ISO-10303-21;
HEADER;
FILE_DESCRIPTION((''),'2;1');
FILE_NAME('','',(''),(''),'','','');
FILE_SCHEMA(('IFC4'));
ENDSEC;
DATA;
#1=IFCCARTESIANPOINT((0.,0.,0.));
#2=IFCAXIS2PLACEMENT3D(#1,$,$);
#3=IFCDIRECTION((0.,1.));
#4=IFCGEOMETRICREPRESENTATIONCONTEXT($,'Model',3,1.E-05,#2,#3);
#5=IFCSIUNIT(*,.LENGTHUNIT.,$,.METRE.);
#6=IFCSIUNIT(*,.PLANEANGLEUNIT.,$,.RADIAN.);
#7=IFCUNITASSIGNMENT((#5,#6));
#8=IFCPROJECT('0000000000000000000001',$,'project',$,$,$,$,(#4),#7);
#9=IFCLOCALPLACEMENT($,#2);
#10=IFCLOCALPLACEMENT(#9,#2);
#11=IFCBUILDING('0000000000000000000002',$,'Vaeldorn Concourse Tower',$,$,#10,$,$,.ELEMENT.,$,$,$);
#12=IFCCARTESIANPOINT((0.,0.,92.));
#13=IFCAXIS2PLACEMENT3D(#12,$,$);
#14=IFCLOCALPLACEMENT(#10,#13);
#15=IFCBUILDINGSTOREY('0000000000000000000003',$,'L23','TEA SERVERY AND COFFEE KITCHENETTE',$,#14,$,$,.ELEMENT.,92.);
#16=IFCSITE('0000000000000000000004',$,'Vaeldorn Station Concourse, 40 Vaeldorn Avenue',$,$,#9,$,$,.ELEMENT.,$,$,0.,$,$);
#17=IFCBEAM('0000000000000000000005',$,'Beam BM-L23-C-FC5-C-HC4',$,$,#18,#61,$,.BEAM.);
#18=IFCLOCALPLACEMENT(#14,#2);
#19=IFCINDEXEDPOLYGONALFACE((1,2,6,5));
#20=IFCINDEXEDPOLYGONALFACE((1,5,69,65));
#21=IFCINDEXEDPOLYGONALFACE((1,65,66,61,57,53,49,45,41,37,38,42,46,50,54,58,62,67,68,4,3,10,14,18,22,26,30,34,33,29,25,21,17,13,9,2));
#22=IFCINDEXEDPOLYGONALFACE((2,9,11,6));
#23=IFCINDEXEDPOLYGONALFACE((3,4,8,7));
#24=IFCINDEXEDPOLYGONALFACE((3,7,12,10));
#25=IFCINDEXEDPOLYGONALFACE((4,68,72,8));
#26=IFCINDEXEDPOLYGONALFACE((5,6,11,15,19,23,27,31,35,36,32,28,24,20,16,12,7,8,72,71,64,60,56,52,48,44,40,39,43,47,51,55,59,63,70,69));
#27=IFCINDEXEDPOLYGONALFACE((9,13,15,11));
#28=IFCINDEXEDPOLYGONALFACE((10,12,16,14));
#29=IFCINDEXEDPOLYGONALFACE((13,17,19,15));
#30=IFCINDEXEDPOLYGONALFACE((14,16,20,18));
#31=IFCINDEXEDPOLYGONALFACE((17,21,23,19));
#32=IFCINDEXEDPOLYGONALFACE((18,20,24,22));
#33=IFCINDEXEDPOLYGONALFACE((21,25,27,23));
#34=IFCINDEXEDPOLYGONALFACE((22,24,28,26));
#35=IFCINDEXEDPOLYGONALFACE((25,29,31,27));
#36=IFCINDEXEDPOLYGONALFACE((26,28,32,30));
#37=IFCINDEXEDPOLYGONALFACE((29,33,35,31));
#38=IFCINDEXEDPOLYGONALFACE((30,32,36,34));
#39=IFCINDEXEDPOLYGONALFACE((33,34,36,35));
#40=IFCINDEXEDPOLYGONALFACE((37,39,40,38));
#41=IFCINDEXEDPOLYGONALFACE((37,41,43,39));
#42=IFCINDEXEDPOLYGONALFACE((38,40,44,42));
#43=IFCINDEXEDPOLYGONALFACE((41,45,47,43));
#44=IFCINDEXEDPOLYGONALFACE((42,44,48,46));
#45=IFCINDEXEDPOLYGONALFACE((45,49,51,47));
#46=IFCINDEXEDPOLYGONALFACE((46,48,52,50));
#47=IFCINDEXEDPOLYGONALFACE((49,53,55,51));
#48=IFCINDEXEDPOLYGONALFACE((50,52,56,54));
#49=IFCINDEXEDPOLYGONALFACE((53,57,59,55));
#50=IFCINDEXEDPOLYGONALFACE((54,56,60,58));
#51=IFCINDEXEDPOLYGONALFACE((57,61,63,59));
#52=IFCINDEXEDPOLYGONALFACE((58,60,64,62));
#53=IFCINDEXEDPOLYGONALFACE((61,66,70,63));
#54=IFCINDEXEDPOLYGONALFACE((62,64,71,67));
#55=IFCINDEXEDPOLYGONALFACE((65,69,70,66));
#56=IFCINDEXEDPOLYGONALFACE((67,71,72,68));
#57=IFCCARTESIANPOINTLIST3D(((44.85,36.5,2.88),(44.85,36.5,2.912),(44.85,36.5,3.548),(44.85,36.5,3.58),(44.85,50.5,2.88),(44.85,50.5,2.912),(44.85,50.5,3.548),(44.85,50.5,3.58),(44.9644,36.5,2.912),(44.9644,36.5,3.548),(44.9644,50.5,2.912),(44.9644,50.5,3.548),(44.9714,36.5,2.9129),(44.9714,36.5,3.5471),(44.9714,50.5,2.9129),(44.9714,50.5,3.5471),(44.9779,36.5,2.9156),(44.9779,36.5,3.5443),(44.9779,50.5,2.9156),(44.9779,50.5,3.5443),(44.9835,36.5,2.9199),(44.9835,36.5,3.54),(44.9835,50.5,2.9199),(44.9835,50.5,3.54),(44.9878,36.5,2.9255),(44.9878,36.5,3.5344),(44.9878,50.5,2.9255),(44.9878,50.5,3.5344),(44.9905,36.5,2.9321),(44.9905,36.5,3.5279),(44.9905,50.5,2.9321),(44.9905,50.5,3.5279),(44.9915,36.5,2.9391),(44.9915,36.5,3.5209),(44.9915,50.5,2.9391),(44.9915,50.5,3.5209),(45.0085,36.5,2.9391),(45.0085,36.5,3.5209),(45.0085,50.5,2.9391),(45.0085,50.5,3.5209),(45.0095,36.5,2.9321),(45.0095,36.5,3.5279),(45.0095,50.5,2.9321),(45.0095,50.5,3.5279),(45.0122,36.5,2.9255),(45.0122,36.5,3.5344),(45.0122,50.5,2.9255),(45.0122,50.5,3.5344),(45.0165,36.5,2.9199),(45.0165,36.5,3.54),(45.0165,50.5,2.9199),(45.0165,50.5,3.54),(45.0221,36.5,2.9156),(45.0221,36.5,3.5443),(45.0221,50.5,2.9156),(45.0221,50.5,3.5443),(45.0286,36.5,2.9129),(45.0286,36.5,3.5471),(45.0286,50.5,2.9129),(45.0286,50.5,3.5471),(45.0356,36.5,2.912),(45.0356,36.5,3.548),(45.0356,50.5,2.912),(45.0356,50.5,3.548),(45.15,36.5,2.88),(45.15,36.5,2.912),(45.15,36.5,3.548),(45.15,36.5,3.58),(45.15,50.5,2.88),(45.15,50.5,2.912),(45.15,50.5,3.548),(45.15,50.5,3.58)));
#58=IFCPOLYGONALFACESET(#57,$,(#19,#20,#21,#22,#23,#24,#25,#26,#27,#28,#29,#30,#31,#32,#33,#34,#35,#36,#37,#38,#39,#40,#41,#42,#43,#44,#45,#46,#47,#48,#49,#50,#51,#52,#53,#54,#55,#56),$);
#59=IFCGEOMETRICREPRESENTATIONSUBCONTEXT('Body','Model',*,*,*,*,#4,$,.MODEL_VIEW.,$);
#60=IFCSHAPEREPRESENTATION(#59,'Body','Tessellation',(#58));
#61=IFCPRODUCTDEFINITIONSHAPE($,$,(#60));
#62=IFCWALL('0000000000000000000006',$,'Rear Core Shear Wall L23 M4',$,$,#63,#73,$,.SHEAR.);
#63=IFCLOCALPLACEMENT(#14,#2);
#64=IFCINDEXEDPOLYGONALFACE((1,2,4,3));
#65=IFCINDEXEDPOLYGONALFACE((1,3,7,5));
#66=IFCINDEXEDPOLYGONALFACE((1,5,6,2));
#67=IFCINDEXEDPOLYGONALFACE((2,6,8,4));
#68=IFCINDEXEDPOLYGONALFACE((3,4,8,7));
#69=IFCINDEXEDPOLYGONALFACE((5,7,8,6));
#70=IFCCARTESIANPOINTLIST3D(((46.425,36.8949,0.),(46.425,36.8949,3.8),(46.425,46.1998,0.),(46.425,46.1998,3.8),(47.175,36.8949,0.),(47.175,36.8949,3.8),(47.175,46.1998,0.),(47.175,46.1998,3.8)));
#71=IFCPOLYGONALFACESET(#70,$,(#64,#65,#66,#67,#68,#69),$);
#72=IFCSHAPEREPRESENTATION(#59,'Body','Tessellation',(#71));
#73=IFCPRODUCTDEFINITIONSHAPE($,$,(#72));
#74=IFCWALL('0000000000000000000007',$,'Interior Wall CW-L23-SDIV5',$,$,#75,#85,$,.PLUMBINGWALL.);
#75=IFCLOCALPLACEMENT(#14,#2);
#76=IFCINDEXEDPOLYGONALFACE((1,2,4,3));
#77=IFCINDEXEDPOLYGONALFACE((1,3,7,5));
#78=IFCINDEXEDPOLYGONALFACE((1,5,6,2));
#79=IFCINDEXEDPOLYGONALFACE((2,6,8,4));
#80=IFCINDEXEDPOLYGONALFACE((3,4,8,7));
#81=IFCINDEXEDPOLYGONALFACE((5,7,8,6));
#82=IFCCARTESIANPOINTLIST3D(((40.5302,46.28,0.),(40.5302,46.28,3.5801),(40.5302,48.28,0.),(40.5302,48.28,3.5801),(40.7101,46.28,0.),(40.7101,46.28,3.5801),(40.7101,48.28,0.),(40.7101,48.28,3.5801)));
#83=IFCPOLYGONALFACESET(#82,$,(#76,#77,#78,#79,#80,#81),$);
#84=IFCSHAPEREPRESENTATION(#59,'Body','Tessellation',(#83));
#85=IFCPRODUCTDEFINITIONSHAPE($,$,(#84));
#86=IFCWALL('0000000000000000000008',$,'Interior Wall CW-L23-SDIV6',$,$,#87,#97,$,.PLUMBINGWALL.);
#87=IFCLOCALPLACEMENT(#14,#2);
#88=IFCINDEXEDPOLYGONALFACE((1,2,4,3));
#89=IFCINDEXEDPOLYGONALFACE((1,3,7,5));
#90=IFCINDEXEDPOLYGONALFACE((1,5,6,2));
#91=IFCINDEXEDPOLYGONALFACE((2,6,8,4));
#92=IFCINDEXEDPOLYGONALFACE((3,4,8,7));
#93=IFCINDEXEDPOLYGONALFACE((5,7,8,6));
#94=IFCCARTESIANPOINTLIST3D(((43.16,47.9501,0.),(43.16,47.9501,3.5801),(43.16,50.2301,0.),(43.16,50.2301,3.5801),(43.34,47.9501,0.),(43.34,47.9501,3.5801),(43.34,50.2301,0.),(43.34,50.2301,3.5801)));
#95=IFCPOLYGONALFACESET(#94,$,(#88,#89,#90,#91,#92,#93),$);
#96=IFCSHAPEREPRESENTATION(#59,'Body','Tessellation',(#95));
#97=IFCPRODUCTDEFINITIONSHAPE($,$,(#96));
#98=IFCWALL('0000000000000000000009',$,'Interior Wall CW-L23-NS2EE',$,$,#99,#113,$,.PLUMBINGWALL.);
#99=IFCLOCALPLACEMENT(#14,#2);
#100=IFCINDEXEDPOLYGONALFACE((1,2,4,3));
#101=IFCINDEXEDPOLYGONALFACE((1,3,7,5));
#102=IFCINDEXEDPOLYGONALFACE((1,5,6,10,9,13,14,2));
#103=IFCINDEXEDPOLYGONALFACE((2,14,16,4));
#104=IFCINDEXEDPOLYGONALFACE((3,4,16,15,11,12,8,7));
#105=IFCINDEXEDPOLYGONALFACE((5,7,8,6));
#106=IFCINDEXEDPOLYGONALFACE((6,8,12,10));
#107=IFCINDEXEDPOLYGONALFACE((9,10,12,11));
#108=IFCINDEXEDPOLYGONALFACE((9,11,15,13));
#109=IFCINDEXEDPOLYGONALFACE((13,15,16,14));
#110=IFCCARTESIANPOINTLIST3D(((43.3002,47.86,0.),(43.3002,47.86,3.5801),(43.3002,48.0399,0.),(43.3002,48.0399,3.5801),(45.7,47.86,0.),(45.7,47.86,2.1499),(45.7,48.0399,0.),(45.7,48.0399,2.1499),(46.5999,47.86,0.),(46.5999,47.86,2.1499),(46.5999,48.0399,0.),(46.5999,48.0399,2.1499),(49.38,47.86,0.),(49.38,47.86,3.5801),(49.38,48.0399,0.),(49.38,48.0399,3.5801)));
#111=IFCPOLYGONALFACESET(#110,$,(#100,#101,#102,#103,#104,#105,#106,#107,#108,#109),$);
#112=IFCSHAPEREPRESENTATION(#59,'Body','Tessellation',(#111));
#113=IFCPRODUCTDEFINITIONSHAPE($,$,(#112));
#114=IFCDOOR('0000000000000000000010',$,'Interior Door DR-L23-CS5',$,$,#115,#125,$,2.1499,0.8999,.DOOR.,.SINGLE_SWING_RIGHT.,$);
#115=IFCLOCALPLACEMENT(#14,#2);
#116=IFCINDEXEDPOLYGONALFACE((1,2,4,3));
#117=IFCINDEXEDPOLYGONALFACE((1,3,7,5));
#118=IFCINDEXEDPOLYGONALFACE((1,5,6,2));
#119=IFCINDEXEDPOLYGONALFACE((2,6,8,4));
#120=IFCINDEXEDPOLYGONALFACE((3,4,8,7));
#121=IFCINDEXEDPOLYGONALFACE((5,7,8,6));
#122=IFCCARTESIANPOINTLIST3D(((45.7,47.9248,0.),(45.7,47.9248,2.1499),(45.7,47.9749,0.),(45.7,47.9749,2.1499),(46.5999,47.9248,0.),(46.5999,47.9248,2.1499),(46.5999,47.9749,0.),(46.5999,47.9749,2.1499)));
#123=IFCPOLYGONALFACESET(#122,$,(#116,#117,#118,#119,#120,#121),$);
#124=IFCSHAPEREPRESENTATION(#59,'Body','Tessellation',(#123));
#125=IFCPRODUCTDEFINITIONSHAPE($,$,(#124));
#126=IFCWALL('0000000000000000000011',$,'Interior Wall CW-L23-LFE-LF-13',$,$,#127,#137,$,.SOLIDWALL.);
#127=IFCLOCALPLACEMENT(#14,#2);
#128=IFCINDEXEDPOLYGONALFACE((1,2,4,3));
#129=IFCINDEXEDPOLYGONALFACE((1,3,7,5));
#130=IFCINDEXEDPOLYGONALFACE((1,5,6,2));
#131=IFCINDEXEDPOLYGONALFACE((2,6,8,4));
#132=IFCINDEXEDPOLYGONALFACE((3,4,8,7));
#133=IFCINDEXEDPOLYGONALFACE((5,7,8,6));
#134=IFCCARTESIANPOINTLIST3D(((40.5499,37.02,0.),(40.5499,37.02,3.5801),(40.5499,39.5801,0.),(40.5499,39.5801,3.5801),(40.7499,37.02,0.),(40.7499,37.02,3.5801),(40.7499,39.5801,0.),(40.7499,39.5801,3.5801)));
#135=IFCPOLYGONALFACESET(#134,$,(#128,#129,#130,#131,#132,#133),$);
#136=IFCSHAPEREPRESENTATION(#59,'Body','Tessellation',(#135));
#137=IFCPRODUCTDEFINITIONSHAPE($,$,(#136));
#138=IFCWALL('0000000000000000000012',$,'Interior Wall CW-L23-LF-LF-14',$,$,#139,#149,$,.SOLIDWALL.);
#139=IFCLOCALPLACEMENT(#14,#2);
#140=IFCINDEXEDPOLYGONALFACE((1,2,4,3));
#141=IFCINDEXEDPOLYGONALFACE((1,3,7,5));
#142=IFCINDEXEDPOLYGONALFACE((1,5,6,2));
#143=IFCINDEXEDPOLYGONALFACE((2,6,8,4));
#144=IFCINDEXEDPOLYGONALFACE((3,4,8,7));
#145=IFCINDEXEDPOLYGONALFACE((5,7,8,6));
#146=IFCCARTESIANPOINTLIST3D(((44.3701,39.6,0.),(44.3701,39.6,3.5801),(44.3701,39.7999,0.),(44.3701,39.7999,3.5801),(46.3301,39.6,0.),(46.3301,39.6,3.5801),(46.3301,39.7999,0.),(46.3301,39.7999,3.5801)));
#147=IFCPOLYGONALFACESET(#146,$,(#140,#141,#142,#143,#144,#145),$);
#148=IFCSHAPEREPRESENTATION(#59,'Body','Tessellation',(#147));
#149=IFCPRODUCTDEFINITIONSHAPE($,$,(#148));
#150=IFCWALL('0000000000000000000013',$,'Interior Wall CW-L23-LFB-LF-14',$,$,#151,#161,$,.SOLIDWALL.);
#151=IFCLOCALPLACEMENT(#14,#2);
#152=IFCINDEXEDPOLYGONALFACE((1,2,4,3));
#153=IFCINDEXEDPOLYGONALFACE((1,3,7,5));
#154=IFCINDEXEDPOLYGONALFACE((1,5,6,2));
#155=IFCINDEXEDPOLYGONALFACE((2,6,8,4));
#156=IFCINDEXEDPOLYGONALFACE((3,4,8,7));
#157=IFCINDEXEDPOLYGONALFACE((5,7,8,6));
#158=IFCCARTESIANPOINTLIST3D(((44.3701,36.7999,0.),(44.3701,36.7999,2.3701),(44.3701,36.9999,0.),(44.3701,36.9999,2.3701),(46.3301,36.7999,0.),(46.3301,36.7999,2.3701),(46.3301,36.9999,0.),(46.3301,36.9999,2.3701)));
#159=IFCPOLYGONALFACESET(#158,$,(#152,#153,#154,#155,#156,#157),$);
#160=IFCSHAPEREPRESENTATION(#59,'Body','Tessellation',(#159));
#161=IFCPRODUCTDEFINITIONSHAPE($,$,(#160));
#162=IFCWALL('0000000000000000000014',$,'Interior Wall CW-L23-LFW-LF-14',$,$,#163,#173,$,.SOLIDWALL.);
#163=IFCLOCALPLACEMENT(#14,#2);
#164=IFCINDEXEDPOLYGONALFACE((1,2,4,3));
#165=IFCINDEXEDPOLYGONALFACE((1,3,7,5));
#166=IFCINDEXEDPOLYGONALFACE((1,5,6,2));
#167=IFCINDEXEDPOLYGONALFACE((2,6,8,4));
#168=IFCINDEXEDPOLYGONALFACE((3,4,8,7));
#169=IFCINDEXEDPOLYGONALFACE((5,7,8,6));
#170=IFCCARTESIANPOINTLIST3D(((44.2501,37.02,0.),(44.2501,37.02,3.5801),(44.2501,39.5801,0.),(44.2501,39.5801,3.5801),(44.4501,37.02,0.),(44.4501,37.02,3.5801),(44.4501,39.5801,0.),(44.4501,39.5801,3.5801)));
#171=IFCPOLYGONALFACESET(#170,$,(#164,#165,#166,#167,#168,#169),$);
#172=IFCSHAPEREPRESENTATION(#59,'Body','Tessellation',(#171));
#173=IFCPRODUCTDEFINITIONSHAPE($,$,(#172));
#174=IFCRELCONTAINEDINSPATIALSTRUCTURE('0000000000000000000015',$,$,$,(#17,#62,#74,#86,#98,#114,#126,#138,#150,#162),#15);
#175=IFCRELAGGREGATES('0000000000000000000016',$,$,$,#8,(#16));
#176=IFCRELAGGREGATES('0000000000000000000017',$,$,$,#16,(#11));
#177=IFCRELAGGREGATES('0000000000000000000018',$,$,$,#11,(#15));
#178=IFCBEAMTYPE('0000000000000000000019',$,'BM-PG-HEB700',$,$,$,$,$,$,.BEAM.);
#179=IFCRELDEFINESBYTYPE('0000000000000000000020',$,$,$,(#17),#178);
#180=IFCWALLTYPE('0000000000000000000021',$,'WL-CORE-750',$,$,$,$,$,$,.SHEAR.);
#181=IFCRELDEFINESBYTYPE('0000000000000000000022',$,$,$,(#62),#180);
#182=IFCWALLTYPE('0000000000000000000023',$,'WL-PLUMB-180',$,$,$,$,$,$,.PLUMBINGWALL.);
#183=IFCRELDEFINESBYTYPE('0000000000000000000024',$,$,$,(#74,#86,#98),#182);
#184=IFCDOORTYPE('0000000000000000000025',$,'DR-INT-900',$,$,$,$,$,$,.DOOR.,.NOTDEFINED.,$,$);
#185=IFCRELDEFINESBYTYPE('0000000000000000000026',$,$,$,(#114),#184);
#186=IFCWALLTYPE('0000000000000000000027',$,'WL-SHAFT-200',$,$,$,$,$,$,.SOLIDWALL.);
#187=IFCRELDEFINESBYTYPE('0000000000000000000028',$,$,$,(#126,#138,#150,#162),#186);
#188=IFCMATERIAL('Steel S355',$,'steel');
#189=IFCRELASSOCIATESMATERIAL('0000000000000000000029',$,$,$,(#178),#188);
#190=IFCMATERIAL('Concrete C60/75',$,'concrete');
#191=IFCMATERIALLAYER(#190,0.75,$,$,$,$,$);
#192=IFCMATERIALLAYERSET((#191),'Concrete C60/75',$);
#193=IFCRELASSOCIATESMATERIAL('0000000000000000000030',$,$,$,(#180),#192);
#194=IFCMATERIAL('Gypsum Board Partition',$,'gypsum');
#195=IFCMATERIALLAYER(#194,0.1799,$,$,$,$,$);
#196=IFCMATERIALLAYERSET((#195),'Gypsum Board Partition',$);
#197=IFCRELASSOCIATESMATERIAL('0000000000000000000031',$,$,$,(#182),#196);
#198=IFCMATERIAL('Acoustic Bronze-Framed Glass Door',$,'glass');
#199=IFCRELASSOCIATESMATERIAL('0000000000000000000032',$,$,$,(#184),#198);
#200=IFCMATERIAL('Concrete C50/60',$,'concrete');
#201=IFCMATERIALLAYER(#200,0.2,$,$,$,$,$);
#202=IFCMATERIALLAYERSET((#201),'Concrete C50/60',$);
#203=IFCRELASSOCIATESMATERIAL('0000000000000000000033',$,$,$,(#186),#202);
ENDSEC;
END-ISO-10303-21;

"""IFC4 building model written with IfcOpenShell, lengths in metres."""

from ifc_helpers import new_model, si_unit, direction, frame, frame_2d, origin, origin_2d, place, context, subcontext, project, spatial, rectangle, i_section, extrude, source, transform, mapped, material, layer, layer_set, material_profile, profile_set, type_object, element, fill, save


model = new_model("IFC4")

# Units and contexts
model_context = context("Model", 3, precision=1e-05, world=origin(), true_north=direction((0.0, 1.0)))
body_context = subcontext(model_context, "Body", "Model", "MODEL_VIEW")
ifc_project = project(units=[si_unit("LENGTHUNIT", "METRE"), si_unit("PLANEANGLEUNIT", "RADIAN")], contexts=[model_context])

# Site, building, storey
site_placement = place(None, origin())
site = spatial("IfcSite", under=ifc_project, at=site_placement, Name="Vaeldorn Station Concourse, 40 Vaeldorn Avenue", CompositionType="ELEMENT", RefElevation=0.0)
building_placement = place(site_placement, origin())
building = spatial("IfcBuilding", under=site, at=building_placement, Name="Vaeldorn Concourse Tower", CompositionType="ELEMENT")
storey_placement = place(building_placement, frame((0.0, 0.0, 92.0)))
storey = spatial("IfcBuildingStorey", under=building, at=storey_placement, Name="L23", Description="TEA SERVERY AND COFFEE KITCHENETTE", CompositionType="ELEMENT", Elevation=92.0)

# Beam
ifc_material_1 = material(Name="Concrete C60/75", Category="concrete")
ifc_material_2 = material(Name="Steel S355", Category="steel")
ifc_material_profile_1 = material_profile(ifc_material_2, i_section(OverallWidth=0.3, OverallDepth=0.7, WebThickness=0.0171, FlangeThickness=0.032, FilletRadius=0.0271, at=origin_2d()), Name="HEB 700")
ifc_profile_set_1 = profile_set([ifc_material_profile_1], Name="Steel S355")
beam_type_1 = type_object("IfcBeamType", Name="BM-PG-HEB700", PredefinedType="BEAM", material=ifc_profile_set_1)
shared_shape_1 = source(origin(), body_context, "Body", "SweptSolid", [
    extrude(i_section(OverallWidth=0.3, OverallDepth=0.7, WebThickness=0.0171, FlangeThickness=0.032, FilletRadius=0.0271, at=origin_2d()), origin(), (0.0, 0.0, 1.0), 14.0),
])
beam_1_placement = place(storey_placement, frame((45.0, 36.5, 3.23), z_axis=(0.0, 1.0, 0.0), x_axis=(-1.0, 0.0, 0.0)))
element("IfcBeam", 1, at=beam_1_placement, inside=storey, type_object=beam_type_1, Name="Beam BM-L23-C-FC5-C-HC4", PredefinedType="BEAM", context=body_context, shape_type="MappedRepresentation", body=[
    mapped(shared_shape_1, transform((0.0, 0.0, 0.0), scale=1.0)),
])

# Walls
ifc_layer_1 = layer(ifc_material_1, 0.75)
ifc_layer_set_1 = layer_set([ifc_layer_1], Name="Concrete C60/75")
wall_type_1 = type_object("IfcWallType", Name="WL-CORE-750", PredefinedType="SHEAR", material=ifc_layer_set_1)
wall_1_placement = place(storey_placement, frame((46.8, 36.895, 0.0), z_axis=(0.0, 0.0, 1.0), x_axis=(0.0, 1.0, 0.0)))
element("IfcWall", 2, at=wall_1_placement, inside=storey, type_object=wall_type_1, Name="Rear Core Shear Wall L23 M4", PredefinedType="SHEAR", context=body_context, shape_type="SweptSolid", body=[
    extrude(rectangle(XDim=9.3049, YDim=0.75, at=frame_2d((4.6523, 0.0))), origin(), (0.0, 0.0, 1.0), 3.8),
])
ifc_material_3 = material(Name="Gypsum Board Partition", Category="gypsum")
ifc_layer_2 = layer(ifc_material_3, 0.1799)
ifc_layer_set_2 = layer_set([ifc_layer_2], Name="Gypsum Board Partition")
wall_type_2 = type_object("IfcWallType", Name="WL-PLUMB-180", PredefinedType="PLUMBINGWALL", material=ifc_layer_set_2)
wall_2_placement = place(storey_placement, frame((40.6201, 46.28, 0.0), z_axis=(0.0, 0.0, 1.0), x_axis=(0.0, 1.0, 0.0)))
element("IfcWall", 3, at=wall_2_placement, inside=storey, type_object=wall_type_2, Name="Interior Wall CW-L23-SDIV5", PredefinedType="PLUMBINGWALL", context=body_context, shape_type="SweptSolid", body=[
    extrude(rectangle(XDim=2.0, YDim=0.1799, at=frame_2d((1.0, 0.0))), origin(), (0.0, 0.0, 1.0), 3.5801),
])
wall_3_placement = place(storey_placement, frame((43.25, 47.95, 0.0), z_axis=(0.0, 0.0, 1.0), x_axis=(0.0, 1.0, 0.0)))
element("IfcWall", 4, at=wall_3_placement, inside=storey, type_object=wall_type_2, Name="Interior Wall CW-L23-SDIV6", PredefinedType="PLUMBINGWALL", context=body_context, shape_type="SweptSolid", body=[
    extrude(rectangle(XDim=2.28, YDim=0.1799, at=frame_2d((1.1401, 0.0))), origin(), (0.0, 0.0, 1.0), 3.5801),
])

# Wall, opening, door
wall_4_placement = place(storey_placement, frame((43.3, 47.95, 0.0), z_axis=(0.0, 0.0, 1.0), x_axis=(1.0, 0.0, 0.0)))
wall_4 = element("IfcWall", 5, at=wall_4_placement, inside=storey, type_object=wall_type_2, Name="Interior Wall CW-L23-NS2EE", PredefinedType="PLUMBINGWALL", context=body_context, shape_type="SweptSolid", body=[
    extrude(rectangle(XDim=6.0798, YDim=0.1799, at=frame_2d((3.04, 0.0))), origin(), (0.0, 0.0, 1.0), 3.5801),
])
opening_1_placement = place(wall_4_placement, frame((2.3999, 0.0, 0.0)))
opening_1 = element("IfcOpeningElement", 6, at=opening_1_placement, cuts=wall_4, PredefinedType="OPENING", context=body_context, shape_type="SweptSolid", body=[
    extrude(rectangle(XDim=0.8999, YDim=2.1499, at=frame_2d((0.45, 1.075))), frame((0.0, 0.1001, 0.0), z_axis=(0.0, -1.0, 0.0), x_axis=(1.0, 0.0, 0.0)), (0.0, 0.0, 1.0), 0.2),
])
ifc_material_4 = material(Name="Acoustic Bronze-Framed Glass Door", Category="glass")
door_type_1 = type_object("IfcDoorType", Name="DR-INT-900", OperationType="NOTDEFINED", PredefinedType="DOOR", material=ifc_material_4)
shared_shape_2 = source(origin(), body_context, "Body", "SweptSolid", [
    extrude(rectangle(XDim=0.8999, YDim=2.1499, at=frame_2d((0.45, 1.075))), frame((0.0, 0.0249, 0.0), z_axis=(0.0, -1.0, 0.0), x_axis=(1.0, 0.0, 0.0)), (0.0, 0.0, 1.0), 0.05),
])
door_1_placement = place(opening_1_placement, origin())
door_1 = element("IfcDoor", 7, at=door_1_placement, inside=storey, type_object=door_type_1, Name="Interior Door DR-L23-CS5", OperationType="SINGLE_SWING_RIGHT", OverallHeight=2.1499, OverallWidth=0.8999, PredefinedType="DOOR", context=body_context, shape_type="MappedRepresentation", body=[
    mapped(shared_shape_2, transform((0.0, 0.0, 0.0), scale=1.0)),
])
fill(opening_1, door_1)
ifc_material_5 = material(Name="Concrete C50/60", Category="concrete")
ifc_layer_3 = layer(ifc_material_5, 0.2)
ifc_layer_set_3 = layer_set([ifc_layer_3], Name="Concrete C50/60")
wall_type_3 = type_object("IfcWallType", Name="WL-SHAFT-200", PredefinedType="SOLIDWALL", material=ifc_layer_set_3)

# Walls
wall_5_placement = place(storey_placement, frame((40.6499, 37.02, 0.0), z_axis=(0.0, 0.0, 1.0), x_axis=(0.0, 1.0, 0.0)))
element("IfcWall", 8, at=wall_5_placement, inside=storey, type_object=wall_type_3, Name="Interior Wall CW-L23-LFE-LF-13", PredefinedType="SOLIDWALL", context=body_context, shape_type="SweptSolid", body=[
    extrude(rectangle(XDim=2.5601, YDim=0.2, at=frame_2d((1.28, 0.0))), origin(), (0.0, 0.0, 1.0), 3.5801),
])
wall_6_placement = place(storey_placement, frame((44.3701, 39.7, 0.0), z_axis=(0.0, 0.0, 1.0), x_axis=(1.0, 0.0, 0.0)))
element("IfcWall", 9, at=wall_6_placement, inside=storey, type_object=wall_type_3, Name="Interior Wall CW-L23-LF-LF-14", PredefinedType="SOLIDWALL", context=body_context, shape_type="SweptSolid", body=[
    extrude(rectangle(XDim=1.96, YDim=0.2, at=frame_2d((0.98, 0.0))), origin(), (0.0, 0.0, 1.0), 3.5801),
])
wall_7_placement = place(storey_placement, frame((44.3701, 36.8999, 0.0), z_axis=(0.0, 0.0, 1.0), x_axis=(1.0, 0.0, 0.0)))
element("IfcWall", 10, at=wall_7_placement, inside=storey, type_object=wall_type_3, Name="Interior Wall CW-L23-LFB-LF-14", PredefinedType="SOLIDWALL", context=body_context, shape_type="SweptSolid", body=[
    extrude(rectangle(XDim=1.96, YDim=0.2, at=frame_2d((0.98, 0.0))), origin(), (0.0, 0.0, 1.0), 2.3701),
])
wall_8_placement = place(storey_placement, frame((44.3501, 37.02, 0.0), z_axis=(0.0, 0.0, 1.0), x_axis=(0.0, 1.0, 0.0)))
element("IfcWall", 11, at=wall_8_placement, inside=storey, type_object=wall_type_3, Name="Interior Wall CW-L23-LFW-LF-14", PredefinedType="SOLIDWALL", context=body_context, shape_type="SweptSolid", body=[
    extrude(rectangle(XDim=2.5601, YDim=0.2, at=frame_2d((1.28, 0.0))), origin(), (0.0, 0.0, 1.0), 3.5801),
])

save(model, "model.ifc")
